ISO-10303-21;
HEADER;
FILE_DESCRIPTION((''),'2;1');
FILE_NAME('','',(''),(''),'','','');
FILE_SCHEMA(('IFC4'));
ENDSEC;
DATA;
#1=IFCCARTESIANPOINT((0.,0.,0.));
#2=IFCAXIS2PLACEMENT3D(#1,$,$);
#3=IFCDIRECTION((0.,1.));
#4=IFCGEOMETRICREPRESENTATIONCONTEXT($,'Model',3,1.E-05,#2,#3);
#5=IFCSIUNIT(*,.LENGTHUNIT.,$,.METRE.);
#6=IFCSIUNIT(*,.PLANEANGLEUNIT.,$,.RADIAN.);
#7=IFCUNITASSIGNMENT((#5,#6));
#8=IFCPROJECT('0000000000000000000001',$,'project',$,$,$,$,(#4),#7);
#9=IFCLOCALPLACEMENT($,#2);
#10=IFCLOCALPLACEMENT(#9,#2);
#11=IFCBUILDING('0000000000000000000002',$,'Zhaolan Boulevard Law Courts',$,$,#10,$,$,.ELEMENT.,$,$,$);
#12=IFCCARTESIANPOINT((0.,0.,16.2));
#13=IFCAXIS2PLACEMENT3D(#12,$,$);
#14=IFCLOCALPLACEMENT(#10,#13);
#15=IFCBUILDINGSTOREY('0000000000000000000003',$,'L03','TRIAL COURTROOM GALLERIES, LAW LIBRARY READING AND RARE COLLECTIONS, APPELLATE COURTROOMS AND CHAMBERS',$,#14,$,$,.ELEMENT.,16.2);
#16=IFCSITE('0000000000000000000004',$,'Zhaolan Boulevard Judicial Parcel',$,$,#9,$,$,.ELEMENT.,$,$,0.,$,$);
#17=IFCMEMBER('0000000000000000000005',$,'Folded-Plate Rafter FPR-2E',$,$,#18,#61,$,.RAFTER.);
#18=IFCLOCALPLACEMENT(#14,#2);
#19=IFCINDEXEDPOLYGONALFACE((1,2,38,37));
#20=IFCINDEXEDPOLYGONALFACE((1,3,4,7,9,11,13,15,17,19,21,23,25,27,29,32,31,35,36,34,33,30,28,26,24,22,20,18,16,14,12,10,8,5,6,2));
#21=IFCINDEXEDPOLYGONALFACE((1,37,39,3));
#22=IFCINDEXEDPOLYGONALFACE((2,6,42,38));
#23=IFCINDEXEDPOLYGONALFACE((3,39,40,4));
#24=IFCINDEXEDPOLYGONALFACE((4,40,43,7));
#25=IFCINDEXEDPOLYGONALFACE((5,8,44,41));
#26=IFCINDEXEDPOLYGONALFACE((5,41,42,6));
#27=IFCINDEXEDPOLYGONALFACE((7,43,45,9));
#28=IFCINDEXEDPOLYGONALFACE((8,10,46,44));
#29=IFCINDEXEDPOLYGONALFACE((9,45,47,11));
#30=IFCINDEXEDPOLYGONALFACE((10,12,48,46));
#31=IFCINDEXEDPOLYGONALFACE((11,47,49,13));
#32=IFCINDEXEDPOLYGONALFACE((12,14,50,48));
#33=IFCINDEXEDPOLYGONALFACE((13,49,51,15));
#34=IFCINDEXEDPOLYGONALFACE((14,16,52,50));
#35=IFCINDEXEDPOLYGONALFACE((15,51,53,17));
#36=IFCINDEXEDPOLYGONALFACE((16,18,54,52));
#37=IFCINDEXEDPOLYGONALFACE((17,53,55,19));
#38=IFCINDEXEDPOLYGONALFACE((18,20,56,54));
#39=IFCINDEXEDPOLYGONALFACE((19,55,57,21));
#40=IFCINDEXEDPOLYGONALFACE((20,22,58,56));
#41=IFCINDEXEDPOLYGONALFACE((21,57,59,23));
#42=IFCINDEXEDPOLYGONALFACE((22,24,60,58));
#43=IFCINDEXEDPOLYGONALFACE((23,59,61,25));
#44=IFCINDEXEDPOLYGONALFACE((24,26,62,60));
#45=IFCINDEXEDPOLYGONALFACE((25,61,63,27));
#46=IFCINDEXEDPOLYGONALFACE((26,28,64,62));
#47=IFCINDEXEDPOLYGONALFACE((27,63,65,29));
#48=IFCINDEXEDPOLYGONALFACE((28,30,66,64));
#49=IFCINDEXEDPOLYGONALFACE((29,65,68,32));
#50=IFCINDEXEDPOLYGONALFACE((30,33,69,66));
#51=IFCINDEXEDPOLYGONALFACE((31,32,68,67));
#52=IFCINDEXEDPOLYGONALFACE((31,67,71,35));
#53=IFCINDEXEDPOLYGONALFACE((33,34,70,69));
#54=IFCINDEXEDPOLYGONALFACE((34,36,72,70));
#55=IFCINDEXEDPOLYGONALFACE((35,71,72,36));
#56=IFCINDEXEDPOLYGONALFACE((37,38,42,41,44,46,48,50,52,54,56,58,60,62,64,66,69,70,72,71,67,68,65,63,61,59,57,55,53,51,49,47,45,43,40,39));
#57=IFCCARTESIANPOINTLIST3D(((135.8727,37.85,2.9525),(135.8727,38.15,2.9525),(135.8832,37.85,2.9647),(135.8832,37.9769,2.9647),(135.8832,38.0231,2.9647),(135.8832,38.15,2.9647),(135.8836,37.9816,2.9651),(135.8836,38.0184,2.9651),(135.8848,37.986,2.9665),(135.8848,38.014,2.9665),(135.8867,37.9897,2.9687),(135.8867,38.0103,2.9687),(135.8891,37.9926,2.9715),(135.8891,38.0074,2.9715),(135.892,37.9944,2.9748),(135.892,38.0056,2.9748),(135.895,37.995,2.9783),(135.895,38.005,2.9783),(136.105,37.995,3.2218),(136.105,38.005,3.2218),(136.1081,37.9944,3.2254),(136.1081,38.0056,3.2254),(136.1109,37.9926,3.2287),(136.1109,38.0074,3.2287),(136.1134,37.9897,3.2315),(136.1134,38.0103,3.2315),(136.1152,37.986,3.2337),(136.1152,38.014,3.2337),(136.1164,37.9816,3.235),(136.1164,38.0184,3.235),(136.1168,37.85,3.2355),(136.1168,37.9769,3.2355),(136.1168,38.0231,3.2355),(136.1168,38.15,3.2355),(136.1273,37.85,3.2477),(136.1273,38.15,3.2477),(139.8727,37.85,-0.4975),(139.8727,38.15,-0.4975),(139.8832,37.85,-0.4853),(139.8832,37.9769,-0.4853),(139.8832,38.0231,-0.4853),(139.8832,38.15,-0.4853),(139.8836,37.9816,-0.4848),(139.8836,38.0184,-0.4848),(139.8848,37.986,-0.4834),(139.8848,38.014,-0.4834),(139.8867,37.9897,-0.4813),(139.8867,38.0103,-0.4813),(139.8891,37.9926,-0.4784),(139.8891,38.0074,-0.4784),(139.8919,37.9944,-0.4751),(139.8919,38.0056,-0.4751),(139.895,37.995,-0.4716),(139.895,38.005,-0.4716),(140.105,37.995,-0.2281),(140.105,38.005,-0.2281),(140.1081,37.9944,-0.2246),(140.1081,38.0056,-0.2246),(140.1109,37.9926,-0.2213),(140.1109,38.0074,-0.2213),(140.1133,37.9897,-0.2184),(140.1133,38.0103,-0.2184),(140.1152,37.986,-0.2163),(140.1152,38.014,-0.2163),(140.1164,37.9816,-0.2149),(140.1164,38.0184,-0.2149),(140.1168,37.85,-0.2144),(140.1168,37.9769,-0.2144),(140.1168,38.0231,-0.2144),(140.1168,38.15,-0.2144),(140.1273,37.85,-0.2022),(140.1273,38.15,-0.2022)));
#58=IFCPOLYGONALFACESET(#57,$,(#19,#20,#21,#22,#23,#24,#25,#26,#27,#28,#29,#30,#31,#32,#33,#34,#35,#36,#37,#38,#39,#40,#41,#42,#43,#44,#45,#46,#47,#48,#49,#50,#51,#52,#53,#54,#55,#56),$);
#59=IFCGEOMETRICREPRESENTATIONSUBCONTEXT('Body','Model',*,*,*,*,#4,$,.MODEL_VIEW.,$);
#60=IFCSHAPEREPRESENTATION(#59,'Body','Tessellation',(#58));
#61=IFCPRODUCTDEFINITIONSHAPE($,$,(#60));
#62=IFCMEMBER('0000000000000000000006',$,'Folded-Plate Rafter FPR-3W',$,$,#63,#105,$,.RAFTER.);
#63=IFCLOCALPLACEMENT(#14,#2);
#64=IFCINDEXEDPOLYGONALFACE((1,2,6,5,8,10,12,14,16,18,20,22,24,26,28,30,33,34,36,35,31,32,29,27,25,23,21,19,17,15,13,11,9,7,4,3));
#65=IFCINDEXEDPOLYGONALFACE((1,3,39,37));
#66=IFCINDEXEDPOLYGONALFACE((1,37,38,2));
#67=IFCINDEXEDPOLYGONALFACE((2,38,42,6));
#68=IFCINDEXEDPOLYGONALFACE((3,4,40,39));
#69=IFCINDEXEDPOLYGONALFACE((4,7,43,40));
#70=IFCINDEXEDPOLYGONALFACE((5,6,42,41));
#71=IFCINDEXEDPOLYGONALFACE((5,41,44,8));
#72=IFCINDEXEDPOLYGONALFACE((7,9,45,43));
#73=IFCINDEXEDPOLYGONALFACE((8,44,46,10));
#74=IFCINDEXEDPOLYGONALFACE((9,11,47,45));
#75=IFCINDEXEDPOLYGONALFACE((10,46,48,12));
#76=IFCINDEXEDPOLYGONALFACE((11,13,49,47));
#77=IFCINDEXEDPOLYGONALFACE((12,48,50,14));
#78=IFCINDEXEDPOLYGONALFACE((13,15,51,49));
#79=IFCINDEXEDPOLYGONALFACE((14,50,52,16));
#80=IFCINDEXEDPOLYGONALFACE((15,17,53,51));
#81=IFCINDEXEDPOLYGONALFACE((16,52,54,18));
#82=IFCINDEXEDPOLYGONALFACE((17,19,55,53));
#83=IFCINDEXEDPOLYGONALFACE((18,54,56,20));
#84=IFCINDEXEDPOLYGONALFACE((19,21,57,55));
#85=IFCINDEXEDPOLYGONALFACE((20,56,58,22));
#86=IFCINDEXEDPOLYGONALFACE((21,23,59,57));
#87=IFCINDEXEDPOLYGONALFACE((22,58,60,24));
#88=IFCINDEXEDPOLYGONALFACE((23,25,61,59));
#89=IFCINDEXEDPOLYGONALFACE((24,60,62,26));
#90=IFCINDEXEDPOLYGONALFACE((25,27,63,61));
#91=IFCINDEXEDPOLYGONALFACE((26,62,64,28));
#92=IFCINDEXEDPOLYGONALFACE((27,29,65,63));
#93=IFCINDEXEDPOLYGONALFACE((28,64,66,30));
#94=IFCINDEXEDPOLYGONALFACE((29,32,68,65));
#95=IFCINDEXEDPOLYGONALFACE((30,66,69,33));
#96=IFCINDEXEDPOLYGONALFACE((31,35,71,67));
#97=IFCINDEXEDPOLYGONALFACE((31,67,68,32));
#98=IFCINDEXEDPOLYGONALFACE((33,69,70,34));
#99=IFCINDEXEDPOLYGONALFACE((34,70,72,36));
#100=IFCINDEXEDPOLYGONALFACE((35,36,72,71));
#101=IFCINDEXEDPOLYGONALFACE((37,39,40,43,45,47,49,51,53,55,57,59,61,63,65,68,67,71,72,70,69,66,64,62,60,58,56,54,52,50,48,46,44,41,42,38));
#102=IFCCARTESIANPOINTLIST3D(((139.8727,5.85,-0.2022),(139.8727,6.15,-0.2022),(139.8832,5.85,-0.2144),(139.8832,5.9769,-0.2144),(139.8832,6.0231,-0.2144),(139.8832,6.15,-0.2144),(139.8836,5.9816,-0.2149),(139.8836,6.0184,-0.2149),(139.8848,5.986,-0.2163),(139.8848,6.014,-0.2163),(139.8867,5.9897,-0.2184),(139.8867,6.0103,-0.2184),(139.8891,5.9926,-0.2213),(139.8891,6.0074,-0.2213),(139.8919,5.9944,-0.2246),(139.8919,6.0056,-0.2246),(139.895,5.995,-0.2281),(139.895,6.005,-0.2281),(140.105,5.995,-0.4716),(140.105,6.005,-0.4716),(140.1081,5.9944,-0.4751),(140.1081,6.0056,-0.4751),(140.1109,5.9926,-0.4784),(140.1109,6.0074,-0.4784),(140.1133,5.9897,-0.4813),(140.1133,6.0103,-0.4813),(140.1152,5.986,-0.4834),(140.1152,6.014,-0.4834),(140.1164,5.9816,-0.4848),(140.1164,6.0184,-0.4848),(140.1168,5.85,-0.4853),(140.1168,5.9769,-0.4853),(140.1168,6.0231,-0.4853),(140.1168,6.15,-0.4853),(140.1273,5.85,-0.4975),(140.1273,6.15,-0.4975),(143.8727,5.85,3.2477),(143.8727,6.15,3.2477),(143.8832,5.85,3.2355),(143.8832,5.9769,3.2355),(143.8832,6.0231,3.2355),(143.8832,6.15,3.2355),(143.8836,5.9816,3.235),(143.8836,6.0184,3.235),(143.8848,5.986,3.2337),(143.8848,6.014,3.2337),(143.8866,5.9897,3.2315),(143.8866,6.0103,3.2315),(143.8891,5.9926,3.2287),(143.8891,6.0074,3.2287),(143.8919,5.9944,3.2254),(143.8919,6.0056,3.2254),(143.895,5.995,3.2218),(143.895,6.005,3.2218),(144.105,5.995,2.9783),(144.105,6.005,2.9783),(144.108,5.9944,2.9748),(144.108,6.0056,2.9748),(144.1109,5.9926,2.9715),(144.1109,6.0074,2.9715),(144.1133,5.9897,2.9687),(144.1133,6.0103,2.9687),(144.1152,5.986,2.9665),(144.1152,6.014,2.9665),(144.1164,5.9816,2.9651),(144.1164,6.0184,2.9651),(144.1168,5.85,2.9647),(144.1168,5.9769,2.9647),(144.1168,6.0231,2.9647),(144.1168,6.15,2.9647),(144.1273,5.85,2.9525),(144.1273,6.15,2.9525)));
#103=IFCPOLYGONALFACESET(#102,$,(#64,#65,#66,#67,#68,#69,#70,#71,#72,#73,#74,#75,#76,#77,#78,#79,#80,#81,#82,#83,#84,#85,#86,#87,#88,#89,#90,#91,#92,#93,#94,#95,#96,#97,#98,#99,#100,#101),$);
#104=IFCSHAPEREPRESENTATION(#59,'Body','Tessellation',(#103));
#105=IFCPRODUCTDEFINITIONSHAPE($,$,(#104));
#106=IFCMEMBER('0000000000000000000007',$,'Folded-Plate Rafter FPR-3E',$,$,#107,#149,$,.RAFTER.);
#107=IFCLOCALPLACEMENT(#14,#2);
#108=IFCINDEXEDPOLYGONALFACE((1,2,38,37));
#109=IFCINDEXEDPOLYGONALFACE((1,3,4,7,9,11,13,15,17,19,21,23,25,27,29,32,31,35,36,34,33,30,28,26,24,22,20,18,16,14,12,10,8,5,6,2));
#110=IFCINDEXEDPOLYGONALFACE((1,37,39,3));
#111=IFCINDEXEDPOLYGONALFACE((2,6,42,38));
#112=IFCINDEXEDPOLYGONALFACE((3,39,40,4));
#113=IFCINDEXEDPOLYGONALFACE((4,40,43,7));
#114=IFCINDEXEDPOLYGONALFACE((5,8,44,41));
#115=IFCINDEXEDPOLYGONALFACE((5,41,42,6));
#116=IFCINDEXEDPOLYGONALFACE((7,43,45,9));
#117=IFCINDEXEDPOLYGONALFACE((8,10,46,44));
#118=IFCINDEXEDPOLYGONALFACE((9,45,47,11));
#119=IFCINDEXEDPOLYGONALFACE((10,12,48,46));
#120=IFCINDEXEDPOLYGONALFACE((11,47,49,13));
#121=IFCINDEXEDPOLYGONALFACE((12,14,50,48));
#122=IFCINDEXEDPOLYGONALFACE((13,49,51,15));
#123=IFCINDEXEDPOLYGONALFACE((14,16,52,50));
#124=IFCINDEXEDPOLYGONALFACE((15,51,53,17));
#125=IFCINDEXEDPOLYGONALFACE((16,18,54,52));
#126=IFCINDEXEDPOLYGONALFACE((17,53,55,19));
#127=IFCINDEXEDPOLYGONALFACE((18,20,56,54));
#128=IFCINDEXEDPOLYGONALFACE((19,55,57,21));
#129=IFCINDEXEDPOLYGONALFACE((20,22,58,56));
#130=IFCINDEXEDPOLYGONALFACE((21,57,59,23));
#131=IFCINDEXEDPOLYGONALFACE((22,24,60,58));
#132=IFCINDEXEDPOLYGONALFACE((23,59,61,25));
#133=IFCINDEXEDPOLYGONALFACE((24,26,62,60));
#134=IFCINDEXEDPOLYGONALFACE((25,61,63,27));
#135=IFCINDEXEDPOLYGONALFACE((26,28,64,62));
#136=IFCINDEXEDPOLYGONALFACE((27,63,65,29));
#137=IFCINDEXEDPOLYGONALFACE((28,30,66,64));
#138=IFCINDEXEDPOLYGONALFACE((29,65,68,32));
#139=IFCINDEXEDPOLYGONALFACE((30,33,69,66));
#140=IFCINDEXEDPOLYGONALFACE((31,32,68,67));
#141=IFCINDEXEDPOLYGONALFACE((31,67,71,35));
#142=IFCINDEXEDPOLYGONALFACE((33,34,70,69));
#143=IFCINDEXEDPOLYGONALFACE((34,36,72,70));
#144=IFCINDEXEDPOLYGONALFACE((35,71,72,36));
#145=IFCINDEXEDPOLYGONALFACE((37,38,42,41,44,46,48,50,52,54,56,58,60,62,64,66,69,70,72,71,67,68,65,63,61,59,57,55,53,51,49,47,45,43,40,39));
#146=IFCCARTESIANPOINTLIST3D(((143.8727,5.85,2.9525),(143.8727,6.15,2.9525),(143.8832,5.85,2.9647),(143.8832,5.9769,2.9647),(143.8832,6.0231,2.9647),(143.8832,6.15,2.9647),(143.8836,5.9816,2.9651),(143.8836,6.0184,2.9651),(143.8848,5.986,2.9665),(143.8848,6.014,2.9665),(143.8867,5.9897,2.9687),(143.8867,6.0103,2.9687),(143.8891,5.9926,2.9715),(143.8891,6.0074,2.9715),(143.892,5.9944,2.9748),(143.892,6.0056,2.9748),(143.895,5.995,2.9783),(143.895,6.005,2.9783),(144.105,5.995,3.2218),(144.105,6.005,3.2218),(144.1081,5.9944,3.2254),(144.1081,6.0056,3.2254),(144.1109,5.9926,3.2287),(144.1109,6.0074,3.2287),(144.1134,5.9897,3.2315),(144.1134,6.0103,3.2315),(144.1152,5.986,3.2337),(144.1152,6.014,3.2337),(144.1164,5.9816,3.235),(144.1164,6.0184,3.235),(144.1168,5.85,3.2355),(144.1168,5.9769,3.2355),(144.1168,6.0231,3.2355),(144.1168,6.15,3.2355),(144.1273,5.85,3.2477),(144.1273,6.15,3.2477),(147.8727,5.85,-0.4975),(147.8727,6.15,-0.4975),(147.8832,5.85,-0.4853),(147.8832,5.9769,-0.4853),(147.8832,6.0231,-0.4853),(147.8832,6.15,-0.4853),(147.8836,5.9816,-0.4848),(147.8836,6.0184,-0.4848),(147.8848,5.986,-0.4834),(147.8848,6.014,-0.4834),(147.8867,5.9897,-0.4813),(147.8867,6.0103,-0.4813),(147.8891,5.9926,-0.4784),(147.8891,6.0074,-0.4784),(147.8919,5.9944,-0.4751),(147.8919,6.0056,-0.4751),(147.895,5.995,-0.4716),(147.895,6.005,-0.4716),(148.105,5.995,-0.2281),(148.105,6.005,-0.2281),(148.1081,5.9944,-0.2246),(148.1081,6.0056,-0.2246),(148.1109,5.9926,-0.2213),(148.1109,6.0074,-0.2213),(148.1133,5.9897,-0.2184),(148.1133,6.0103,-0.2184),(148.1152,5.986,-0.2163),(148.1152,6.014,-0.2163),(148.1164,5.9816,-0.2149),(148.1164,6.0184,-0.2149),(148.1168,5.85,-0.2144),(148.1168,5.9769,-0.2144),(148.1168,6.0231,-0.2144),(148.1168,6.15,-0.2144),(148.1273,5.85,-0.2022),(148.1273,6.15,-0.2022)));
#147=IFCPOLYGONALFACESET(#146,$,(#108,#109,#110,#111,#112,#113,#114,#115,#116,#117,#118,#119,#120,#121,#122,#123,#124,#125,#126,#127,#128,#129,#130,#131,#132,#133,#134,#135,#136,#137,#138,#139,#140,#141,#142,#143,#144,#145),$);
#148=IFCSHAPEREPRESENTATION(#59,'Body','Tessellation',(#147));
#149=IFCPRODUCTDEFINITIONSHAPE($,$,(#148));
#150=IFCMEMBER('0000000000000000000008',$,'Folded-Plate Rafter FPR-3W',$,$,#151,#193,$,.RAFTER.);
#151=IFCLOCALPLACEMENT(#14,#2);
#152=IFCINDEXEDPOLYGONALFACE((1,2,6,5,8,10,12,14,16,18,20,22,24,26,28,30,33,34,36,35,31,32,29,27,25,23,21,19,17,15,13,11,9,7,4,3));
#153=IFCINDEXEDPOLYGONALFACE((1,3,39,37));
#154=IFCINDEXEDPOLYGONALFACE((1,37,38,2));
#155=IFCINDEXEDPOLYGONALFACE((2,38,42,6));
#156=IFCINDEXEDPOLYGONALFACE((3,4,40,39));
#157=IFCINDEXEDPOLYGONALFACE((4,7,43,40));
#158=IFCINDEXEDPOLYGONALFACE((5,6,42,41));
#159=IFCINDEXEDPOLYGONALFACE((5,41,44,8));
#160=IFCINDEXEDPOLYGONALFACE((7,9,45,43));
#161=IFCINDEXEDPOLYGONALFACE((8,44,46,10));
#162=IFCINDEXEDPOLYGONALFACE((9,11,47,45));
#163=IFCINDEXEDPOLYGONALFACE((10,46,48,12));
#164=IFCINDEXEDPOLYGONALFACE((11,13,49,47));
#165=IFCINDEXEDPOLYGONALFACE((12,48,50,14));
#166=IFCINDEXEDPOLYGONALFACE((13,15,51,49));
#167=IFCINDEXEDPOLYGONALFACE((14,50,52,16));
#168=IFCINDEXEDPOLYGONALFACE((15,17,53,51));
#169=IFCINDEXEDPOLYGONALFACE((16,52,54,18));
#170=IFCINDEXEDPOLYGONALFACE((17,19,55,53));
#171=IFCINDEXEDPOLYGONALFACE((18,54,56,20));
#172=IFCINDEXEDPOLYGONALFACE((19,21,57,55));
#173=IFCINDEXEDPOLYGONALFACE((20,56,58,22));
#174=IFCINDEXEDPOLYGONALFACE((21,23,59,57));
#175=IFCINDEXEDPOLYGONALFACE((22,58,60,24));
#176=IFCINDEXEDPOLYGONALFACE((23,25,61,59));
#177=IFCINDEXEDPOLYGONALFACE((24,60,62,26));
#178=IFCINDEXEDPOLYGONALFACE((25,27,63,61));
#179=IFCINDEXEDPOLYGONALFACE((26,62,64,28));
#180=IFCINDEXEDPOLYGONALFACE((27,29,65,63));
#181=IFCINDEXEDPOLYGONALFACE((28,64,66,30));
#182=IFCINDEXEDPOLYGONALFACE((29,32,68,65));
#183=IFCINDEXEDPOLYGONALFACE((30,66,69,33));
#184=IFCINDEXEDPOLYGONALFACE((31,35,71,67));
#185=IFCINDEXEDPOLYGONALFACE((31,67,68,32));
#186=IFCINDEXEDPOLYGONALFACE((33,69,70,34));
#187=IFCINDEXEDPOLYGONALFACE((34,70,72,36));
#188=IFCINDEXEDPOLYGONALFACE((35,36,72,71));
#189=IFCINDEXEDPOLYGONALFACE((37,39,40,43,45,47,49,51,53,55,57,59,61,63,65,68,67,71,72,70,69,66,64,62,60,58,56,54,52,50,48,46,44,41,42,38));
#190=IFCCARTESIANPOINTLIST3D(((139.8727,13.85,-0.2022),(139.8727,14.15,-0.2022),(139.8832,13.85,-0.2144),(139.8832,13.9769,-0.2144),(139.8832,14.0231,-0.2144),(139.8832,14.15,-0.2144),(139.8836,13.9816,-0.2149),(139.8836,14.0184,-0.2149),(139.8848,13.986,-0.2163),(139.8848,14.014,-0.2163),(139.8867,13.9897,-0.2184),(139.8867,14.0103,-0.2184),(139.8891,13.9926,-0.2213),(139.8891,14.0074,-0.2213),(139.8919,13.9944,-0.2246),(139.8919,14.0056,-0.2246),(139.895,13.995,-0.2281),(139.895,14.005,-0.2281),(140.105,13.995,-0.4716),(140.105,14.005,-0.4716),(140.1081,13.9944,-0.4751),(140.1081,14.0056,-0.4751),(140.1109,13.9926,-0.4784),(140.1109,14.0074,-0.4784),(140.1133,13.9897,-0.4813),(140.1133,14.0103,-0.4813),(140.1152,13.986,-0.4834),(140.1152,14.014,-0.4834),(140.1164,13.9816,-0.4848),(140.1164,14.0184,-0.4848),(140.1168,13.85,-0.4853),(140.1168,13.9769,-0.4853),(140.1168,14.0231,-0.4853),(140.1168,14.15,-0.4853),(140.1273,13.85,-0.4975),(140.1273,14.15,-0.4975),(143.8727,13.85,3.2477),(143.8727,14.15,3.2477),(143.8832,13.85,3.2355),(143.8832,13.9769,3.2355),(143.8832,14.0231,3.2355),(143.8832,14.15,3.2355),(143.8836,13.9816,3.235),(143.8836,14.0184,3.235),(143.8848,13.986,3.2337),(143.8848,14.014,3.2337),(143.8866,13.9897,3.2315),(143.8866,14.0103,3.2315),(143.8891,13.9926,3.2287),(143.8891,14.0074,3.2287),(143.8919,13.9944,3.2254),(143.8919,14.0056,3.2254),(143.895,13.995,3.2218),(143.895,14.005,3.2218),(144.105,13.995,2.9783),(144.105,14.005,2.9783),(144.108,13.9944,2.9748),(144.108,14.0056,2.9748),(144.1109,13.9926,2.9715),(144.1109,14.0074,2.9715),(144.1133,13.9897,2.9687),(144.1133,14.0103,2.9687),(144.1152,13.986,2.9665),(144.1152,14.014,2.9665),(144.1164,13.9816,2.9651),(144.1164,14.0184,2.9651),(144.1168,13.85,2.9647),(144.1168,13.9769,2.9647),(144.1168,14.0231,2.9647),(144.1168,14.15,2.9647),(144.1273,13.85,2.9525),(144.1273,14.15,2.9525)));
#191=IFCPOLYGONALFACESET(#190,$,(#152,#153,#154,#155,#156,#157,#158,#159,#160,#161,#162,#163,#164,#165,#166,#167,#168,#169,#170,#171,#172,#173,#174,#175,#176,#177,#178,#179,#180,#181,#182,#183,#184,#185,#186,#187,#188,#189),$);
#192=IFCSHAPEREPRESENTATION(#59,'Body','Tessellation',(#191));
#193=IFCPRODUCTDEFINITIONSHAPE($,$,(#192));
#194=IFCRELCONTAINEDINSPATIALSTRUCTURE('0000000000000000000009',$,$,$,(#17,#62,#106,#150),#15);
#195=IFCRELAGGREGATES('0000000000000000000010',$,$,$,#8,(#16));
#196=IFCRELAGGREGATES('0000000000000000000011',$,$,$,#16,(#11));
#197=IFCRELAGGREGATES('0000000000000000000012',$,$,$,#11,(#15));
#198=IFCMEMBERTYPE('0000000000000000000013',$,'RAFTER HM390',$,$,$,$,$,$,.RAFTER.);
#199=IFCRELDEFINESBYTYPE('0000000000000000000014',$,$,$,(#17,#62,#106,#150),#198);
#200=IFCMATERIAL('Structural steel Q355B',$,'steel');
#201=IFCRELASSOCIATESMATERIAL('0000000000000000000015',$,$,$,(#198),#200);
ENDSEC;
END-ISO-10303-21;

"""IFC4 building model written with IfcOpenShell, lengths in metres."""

from ifc_helpers import new_model, si_unit, direction, frame, origin, origin_2d, place, context, subcontext, project, spatial, i_section, extrude, material, material_profile, profile_set, type_object, element, save


model = new_model("IFC4")

# Units and contexts
model_context = context("Model", 3, precision=1e-05, world=origin(), true_north=direction((0.0, 1.0)))
body_context = subcontext(model_context, "Body", "Model", "MODEL_VIEW")
ifc_project = project(units=[si_unit("LENGTHUNIT", "METRE"), si_unit("PLANEANGLEUNIT", "RADIAN")], contexts=[model_context])

# Site, building, storey
site_placement = place(None, origin())
site = spatial("IfcSite", under=ifc_project, at=site_placement, Name="Zhaolan Boulevard Judicial Parcel", CompositionType="ELEMENT", RefElevation=0.0)
building_placement = place(site_placement, origin())
building = spatial("IfcBuilding", under=site, at=building_placement, Name="Zhaolan Boulevard Law Courts", CompositionType="ELEMENT")
storey_placement = place(building_placement, frame((0.0, 0.0, 16.2)))
storey = spatial("IfcBuildingStorey", under=building, at=storey_placement, Name="L03", Description="TRIAL COURTROOM GALLERIES, LAW LIBRARY READING AND RARE COLLECTIONS, APPELLATE COURTROOMS AND CHAMBERS", CompositionType="ELEMENT", Elevation=16.2)

# Members
ifc_material_1 = material(Name="Structural steel Q355B", Category="steel")
ifc_material_profile_1 = material_profile(ifc_material_1, i_section(OverallWidth=0.3, OverallDepth=0.3899, WebThickness=0.01, FlangeThickness=0.0161, FilletRadius=0.0181, at=origin_2d()), Name="HM390x300")
ifc_profile_set_1 = profile_set([ifc_material_profile_1], Name="Structural steel Q355B")
member_type_1 = type_object("IfcMemberType", Name="RAFTER HM390", PredefinedType="RAFTER", material=ifc_profile_set_1)
for number, where, z_axis, x_axis, name in (
    (1, (140.0, 38.0, -0.3499), (-0.757253, 0.0, 0.653122), (0.0, -1.0, 0.0), "Folded-Plate Rafter FPR-2E"),
    (2, (140.0, 6.0, -0.3499), (0.757253, 0.0, 0.653122), (0.0, 1.0, 0.0), "Folded-Plate Rafter FPR-3W"),
    (3, (148.0, 6.0, -0.3499), (-0.757253, 0.0, 0.653122), (0.0, -1.0, 0.0), "Folded-Plate Rafter FPR-3E"),
    (4, (140.0, 14.0, -0.3499), (0.757253, 0.0, 0.653122), (0.0, 1.0, 0.0), "Folded-Plate Rafter FPR-3W"),
):
    element("IfcMember", number, at=place(storey_placement, frame(where, z_axis=z_axis, x_axis=x_axis)), inside=storey, type_object=member_type_1, Name=name, PredefinedType="RAFTER", context=body_context, shape_type="SweptSolid", body=[
        extrude(i_section(OverallWidth=0.3, OverallDepth=0.3899, WebThickness=0.01, FlangeThickness=0.0161, FilletRadius=0.0181, at=origin_2d()), origin(), (0.0, 0.0, 1.0), 5.2822),
    ])

save(model, "model.ifc")
